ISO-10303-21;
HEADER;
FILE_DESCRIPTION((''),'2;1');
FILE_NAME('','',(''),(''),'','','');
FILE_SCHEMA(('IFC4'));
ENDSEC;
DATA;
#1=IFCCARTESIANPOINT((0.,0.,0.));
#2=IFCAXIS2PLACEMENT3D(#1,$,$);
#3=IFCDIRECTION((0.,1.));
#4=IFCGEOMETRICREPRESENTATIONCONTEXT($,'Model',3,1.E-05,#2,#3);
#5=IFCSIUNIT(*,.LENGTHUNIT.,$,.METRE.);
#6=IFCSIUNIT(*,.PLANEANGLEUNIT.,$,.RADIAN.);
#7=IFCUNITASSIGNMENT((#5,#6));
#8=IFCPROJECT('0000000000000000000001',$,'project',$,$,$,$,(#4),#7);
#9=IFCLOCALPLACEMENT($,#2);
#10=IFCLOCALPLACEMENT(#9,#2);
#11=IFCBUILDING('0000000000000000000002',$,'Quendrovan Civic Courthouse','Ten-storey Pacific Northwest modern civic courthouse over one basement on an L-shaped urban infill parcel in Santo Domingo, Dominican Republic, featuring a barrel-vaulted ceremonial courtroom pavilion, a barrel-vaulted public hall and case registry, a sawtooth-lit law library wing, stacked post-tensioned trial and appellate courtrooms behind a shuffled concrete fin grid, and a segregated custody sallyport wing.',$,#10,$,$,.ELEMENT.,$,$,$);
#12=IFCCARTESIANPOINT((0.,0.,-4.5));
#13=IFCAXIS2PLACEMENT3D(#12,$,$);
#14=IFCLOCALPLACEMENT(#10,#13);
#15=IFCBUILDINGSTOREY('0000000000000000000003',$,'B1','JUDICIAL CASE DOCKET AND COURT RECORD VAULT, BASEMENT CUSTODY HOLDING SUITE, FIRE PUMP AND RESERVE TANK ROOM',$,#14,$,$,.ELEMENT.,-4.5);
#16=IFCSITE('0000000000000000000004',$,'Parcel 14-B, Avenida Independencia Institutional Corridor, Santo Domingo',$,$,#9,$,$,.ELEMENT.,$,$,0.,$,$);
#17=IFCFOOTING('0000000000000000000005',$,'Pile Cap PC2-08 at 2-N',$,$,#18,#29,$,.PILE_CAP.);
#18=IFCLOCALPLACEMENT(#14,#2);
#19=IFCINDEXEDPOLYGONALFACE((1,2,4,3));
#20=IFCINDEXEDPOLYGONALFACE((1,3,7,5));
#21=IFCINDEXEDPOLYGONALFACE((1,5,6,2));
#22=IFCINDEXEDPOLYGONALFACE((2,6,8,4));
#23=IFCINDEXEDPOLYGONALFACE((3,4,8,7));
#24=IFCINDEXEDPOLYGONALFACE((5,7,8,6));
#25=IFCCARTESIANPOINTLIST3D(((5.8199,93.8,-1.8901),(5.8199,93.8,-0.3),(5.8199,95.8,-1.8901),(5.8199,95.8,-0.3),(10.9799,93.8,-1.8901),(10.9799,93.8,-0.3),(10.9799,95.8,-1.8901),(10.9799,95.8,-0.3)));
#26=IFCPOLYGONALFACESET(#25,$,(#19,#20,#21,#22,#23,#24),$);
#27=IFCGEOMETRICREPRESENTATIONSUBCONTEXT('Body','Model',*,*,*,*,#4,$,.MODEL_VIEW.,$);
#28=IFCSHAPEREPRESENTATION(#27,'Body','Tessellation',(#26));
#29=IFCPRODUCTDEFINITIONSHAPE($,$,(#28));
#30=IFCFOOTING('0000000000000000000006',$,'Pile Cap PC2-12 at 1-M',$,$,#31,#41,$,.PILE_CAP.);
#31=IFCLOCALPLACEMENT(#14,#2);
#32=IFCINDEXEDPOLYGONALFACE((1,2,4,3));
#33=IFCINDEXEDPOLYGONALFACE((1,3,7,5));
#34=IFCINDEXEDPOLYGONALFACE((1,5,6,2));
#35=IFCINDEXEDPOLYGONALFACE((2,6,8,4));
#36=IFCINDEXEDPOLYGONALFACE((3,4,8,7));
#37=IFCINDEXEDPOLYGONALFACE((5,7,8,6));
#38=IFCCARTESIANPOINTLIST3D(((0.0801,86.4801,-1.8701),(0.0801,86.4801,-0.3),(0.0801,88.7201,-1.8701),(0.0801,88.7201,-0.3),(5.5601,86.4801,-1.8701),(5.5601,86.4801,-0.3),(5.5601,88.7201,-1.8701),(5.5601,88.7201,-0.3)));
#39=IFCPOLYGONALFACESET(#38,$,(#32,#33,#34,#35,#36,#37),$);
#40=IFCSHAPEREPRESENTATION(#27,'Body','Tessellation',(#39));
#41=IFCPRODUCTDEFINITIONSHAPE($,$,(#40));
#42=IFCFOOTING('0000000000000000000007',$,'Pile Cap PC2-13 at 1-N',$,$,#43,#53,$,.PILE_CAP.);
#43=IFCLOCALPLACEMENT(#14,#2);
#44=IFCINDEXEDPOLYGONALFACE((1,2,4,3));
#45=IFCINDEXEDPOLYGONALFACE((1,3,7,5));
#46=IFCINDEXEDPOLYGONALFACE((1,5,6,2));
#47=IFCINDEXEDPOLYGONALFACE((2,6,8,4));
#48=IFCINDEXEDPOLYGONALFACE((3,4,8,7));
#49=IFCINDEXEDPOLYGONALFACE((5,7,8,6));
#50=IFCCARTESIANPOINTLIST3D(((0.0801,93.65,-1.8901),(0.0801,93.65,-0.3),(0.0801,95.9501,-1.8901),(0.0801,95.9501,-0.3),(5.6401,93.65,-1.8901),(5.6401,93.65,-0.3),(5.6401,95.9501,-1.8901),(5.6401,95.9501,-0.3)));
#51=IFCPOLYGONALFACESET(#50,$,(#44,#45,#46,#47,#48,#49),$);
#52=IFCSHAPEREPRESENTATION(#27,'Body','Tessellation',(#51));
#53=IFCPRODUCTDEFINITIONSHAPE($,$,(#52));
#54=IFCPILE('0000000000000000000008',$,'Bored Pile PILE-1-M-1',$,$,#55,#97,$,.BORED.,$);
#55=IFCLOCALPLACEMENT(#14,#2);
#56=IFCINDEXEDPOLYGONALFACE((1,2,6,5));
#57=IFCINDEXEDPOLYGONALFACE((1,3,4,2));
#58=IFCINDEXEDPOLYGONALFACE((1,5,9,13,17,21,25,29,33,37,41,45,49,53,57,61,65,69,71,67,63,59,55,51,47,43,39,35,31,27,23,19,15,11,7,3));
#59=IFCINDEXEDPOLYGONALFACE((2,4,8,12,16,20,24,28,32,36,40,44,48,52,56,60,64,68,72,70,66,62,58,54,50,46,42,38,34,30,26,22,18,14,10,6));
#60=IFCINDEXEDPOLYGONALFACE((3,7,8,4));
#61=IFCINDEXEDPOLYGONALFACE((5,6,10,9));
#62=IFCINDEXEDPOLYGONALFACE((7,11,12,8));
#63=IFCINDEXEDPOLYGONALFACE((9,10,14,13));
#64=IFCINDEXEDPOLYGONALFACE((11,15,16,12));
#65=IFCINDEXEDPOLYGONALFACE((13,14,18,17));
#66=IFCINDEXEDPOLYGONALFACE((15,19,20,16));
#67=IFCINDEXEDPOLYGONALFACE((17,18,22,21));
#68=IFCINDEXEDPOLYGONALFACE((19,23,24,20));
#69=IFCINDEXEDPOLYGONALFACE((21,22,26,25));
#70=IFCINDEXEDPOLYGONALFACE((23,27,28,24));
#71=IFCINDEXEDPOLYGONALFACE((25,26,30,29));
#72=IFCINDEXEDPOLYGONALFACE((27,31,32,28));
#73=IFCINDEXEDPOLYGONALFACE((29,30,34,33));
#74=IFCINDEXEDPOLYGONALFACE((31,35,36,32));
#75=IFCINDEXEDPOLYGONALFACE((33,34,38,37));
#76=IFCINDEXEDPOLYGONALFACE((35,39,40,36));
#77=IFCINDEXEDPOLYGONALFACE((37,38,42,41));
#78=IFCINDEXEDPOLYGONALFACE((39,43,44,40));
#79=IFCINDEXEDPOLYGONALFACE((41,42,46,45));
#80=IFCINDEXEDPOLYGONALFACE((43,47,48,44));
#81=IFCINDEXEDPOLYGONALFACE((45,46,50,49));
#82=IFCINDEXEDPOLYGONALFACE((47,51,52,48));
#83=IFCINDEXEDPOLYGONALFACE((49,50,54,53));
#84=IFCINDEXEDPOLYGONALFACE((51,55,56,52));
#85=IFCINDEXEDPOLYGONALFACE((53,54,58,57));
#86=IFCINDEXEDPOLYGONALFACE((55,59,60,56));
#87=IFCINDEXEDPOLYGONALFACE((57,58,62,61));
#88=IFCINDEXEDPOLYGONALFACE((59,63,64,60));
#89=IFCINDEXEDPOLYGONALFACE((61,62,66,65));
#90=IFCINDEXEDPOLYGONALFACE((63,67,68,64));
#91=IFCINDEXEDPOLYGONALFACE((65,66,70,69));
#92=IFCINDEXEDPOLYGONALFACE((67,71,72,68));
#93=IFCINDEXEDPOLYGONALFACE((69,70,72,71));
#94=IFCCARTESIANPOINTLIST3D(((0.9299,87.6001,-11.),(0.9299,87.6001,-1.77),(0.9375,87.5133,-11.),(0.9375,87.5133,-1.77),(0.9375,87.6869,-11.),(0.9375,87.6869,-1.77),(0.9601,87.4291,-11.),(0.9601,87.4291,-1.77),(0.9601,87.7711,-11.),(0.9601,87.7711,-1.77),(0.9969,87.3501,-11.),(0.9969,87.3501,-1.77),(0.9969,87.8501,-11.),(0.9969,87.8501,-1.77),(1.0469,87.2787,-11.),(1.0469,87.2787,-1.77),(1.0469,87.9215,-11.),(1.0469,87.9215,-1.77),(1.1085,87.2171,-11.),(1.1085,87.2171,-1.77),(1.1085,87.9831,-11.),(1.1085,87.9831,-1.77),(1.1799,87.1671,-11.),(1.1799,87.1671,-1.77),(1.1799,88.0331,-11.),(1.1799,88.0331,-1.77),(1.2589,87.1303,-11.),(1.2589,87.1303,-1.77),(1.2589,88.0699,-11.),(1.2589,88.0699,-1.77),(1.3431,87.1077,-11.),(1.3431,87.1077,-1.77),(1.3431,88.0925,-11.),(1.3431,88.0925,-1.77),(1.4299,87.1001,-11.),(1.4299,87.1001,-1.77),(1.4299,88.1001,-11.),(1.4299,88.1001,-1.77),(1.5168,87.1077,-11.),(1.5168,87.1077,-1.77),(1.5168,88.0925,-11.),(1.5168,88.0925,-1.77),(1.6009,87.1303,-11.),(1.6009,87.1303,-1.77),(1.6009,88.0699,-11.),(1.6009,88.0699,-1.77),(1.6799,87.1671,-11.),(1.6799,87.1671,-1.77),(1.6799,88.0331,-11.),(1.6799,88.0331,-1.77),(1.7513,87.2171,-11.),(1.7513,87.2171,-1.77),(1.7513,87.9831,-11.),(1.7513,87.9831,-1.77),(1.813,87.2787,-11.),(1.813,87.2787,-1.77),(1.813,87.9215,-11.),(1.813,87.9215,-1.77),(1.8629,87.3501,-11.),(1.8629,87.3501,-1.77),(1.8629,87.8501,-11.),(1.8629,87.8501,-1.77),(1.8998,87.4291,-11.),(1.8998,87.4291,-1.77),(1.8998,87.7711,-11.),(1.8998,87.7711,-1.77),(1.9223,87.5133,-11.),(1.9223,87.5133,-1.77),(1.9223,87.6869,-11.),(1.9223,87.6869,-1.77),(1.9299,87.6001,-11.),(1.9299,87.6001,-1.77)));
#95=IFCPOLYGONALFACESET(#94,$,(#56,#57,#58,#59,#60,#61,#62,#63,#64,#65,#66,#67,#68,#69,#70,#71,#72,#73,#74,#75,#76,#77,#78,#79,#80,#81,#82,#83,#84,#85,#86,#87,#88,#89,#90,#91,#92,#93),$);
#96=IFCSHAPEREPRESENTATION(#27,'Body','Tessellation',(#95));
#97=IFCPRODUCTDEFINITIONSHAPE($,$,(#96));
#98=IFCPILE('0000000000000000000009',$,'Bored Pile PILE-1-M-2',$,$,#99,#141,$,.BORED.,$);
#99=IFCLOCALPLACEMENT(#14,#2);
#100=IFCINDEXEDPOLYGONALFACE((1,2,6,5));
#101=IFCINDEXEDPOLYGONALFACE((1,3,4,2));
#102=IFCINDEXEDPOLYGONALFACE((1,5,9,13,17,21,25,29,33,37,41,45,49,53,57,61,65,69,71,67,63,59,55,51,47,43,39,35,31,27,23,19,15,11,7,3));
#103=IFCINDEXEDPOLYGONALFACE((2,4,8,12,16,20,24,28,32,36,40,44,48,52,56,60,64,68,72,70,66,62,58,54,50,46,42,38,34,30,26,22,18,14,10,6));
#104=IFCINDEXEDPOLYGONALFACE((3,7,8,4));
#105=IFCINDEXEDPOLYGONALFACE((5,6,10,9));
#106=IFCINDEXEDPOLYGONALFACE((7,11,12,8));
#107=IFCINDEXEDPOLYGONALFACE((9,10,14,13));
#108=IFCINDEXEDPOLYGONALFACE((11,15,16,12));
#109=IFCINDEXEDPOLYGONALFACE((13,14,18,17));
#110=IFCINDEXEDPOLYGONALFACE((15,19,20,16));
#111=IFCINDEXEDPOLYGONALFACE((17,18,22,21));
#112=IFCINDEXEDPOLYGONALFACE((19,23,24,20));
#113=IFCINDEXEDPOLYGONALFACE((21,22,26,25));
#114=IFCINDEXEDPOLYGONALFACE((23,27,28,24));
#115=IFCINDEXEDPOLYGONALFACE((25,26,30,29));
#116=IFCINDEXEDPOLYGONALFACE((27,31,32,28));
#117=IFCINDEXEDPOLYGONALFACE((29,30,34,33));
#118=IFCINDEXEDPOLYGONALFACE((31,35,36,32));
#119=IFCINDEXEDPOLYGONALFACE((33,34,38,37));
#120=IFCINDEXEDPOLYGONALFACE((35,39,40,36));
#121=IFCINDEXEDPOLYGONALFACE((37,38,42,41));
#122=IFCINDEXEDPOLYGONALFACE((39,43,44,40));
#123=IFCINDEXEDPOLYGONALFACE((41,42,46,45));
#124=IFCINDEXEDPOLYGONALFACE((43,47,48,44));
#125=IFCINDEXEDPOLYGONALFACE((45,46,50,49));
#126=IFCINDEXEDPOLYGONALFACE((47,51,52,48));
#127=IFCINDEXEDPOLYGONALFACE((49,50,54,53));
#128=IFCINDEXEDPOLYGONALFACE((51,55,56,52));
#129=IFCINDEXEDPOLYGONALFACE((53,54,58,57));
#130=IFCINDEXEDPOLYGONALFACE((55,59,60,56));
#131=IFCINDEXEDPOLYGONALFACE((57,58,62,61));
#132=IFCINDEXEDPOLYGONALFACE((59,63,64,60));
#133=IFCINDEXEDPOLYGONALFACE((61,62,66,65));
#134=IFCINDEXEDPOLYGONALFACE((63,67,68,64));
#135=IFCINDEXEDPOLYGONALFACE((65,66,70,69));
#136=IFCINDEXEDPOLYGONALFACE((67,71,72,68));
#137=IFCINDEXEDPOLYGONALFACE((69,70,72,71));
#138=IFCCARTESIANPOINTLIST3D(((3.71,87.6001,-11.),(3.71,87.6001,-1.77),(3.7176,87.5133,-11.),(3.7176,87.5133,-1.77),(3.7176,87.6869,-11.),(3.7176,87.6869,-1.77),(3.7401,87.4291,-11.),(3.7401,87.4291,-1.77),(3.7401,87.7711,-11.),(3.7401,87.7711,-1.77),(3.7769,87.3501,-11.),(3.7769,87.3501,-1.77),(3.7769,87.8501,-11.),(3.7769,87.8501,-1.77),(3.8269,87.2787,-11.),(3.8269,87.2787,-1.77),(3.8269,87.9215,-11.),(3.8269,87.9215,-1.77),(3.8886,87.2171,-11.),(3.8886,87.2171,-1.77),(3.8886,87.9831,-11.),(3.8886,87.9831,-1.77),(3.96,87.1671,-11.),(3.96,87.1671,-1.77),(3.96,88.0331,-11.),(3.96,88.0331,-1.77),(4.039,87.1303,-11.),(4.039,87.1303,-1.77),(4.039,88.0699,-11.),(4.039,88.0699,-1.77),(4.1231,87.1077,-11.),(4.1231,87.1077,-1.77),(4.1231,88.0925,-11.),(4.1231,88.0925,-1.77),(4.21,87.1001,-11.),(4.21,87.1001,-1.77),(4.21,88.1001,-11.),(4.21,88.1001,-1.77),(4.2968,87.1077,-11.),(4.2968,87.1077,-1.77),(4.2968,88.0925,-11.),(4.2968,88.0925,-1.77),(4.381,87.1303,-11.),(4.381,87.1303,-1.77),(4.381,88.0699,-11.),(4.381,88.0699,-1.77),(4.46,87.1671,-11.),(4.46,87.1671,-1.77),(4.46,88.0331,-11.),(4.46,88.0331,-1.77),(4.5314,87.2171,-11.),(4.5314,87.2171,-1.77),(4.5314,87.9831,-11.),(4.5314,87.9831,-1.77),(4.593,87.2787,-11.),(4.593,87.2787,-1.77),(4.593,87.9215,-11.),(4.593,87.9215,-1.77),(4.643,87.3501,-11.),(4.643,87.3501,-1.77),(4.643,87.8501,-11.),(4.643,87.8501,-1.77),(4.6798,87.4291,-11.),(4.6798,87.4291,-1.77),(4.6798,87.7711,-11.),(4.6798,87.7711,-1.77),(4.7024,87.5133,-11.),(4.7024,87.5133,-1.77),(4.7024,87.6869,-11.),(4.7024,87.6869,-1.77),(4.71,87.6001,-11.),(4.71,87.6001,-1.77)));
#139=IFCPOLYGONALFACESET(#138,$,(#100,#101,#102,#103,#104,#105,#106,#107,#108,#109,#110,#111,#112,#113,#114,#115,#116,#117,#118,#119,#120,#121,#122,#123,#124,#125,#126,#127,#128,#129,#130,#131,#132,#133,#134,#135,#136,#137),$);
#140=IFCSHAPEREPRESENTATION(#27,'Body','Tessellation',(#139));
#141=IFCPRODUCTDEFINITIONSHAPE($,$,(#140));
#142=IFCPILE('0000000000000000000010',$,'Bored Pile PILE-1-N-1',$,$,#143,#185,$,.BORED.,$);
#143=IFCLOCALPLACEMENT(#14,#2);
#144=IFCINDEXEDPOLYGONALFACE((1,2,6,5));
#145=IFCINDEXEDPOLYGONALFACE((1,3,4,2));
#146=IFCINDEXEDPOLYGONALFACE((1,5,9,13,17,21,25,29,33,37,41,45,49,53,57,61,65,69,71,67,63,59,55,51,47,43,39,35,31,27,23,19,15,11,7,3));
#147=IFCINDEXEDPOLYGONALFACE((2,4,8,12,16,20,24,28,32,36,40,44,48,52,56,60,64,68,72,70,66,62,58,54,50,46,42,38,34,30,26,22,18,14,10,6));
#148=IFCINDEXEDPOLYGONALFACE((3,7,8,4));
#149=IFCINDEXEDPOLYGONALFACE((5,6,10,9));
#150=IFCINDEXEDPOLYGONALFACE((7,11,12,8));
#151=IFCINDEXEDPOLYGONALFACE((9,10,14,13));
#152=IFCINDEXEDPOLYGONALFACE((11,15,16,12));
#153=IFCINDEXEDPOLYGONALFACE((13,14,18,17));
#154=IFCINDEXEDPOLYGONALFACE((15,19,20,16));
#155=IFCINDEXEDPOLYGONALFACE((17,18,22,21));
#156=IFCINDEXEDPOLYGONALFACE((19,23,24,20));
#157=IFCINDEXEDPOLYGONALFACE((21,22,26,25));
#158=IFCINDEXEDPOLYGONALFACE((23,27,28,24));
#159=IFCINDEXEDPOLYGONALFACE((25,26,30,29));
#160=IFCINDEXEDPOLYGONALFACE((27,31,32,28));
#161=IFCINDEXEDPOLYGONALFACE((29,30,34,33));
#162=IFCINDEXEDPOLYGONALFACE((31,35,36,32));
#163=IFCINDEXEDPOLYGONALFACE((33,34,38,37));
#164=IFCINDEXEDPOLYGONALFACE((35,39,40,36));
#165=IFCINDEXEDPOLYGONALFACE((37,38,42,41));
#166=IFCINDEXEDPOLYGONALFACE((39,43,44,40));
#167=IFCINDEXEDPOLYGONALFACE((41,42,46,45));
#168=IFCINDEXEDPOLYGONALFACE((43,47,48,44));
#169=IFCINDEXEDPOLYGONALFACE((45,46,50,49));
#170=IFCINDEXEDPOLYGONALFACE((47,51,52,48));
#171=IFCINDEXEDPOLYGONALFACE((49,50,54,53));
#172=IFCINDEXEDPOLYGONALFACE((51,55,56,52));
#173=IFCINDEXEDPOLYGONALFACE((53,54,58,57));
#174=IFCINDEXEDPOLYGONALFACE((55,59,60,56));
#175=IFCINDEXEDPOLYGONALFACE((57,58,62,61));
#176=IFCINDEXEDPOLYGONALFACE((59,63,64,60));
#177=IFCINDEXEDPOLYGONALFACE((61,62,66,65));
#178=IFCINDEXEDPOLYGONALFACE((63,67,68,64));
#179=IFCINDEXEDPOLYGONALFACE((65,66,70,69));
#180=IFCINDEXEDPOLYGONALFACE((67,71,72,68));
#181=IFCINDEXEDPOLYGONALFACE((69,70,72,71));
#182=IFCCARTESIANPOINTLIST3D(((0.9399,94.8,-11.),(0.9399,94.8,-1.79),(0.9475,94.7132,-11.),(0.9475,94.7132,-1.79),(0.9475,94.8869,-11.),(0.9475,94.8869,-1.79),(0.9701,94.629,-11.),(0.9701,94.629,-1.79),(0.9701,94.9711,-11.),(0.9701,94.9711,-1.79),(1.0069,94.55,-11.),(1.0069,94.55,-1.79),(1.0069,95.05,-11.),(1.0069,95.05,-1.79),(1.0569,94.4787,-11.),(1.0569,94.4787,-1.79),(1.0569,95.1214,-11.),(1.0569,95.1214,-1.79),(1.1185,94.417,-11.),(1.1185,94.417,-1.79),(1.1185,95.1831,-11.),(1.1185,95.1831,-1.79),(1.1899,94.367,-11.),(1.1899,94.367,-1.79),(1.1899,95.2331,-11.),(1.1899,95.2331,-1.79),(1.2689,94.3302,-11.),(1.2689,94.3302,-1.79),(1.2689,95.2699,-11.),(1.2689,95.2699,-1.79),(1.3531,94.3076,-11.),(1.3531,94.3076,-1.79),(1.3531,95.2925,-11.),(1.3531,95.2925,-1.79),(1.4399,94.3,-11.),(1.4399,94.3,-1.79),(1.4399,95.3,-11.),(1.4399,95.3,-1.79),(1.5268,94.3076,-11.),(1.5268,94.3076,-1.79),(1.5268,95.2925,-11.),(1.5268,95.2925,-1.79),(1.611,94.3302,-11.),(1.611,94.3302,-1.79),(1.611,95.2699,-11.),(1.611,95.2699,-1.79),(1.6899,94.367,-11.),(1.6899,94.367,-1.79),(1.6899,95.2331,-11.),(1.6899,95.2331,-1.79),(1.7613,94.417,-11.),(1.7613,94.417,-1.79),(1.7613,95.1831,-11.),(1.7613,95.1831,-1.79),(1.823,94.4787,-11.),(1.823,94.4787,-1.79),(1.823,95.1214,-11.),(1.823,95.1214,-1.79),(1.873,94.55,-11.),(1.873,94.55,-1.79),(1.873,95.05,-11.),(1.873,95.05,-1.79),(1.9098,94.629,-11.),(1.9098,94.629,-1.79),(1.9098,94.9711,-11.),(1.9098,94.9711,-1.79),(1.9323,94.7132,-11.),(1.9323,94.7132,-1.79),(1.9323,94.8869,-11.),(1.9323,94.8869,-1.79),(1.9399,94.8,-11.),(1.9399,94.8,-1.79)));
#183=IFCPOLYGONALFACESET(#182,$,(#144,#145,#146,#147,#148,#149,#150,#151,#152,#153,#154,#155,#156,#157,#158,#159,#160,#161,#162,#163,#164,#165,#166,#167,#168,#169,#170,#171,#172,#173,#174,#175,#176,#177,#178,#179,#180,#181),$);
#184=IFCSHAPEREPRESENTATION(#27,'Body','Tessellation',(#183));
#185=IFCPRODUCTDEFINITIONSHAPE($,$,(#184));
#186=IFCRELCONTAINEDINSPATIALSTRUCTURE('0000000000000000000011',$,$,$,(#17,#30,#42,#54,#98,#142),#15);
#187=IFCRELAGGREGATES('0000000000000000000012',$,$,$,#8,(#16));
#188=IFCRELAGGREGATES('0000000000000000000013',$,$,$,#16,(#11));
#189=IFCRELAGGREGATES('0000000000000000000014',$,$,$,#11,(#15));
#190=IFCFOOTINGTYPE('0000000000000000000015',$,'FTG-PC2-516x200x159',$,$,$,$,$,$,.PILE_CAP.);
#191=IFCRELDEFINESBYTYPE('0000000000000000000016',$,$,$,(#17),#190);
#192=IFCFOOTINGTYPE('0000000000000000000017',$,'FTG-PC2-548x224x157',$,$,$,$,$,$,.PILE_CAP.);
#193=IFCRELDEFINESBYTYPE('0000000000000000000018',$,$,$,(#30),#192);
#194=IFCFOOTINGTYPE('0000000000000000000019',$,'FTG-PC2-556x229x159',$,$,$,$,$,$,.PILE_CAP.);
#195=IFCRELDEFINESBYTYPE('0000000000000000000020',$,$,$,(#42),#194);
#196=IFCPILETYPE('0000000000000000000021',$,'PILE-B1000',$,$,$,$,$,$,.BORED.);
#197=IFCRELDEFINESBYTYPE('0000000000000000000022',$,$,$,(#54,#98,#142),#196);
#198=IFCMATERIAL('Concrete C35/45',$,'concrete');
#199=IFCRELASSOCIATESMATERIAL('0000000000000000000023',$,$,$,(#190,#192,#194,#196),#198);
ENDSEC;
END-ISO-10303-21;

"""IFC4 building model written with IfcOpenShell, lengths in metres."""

from ifc_helpers import new_model, si_unit, direction, frame, origin, origin_2d, place, context, subcontext, project, spatial, rectangle, circle, extrude, material, material_profile, profile_set, type_object, element, save


model = new_model("IFC4")

# Units and contexts
model_context = context("Model", 3, precision=1e-05, world=origin(), true_north=direction((0.0, 1.0)))
body_context = subcontext(model_context, "Body", "Model", "MODEL_VIEW")
ifc_project = project(units=[si_unit("LENGTHUNIT", "METRE"), si_unit("PLANEANGLEUNIT", "RADIAN")], contexts=[model_context])

# Site, building, storey
site_placement = place(None, origin())
site = spatial("IfcSite", under=ifc_project, at=site_placement, Name="Parcel 14-B, Avenida Independencia Institutional Corridor, Santo Domingo", CompositionType="ELEMENT", RefElevation=0.0)
building_placement = place(site_placement, origin())
building = spatial("IfcBuilding", under=site, at=building_placement, Name="Quendrovan Civic Courthouse", Description="Ten-storey Pacific Northwest modern civic courthouse over one basement on an L-shaped urban infill parcel in Santo Domingo, Dominican Republic, featuring a barrel-vaulted ceremonial courtroom pavilion, a barrel-vaulted public hall and case registry, a sawtooth-lit law library wing, stacked post-tensioned trial and appellate courtrooms behind a shuffled concrete fin grid, and a segregated custody sallyport wing.", CompositionType="ELEMENT")
storey_placement = place(building_placement, frame((0.0, 0.0, -4.5)))
storey = spatial("IfcBuildingStorey", under=building, at=storey_placement, Name="B1", Description="JUDICIAL CASE DOCKET AND COURT RECORD VAULT, BASEMENT CUSTODY HOLDING SUITE, FIRE PUMP AND RESERVE TANK ROOM", CompositionType="ELEMENT", Elevation=-4.5)

# Footings
ifc_material_1 = material(Name="Concrete C35/45", Category="concrete")
footing_type_1 = type_object("IfcFootingType", Name="FTG-PC2-516x200x159", PredefinedType="PILE_CAP", material=ifc_material_1)
footing_1_placement = place(storey_placement, frame((8.3999, 94.8, -1.8901), z_axis=(0.0, 0.0, 1.0), x_axis=(1.0, 0.0, 0.0)))
element("IfcFooting", 1, at=footing_1_placement, inside=storey, type_object=footing_type_1, Name="Pile Cap PC2-08 at 2-N", PredefinedType="PILE_CAP", context=body_context, shape_type="SweptSolid", body=[
    extrude(rectangle(XDim=5.1599, YDim=2.0, at=origin_2d()), origin(), (0.0, 0.0, 1.0), 1.5901),
])
footing_type_2 = type_object("IfcFootingType", Name="FTG-PC2-548x224x157", PredefinedType="PILE_CAP", material=ifc_material_1)
footing_2_placement = place(storey_placement, frame((2.8201, 87.6001, -1.8701), z_axis=(0.0, 0.0, 1.0), x_axis=(1.0, 0.0, 0.0)))
element("IfcFooting", 2, at=footing_2_placement, inside=storey, type_object=footing_type_2, Name="Pile Cap PC2-12 at 1-M", PredefinedType="PILE_CAP", context=body_context, shape_type="SweptSolid", body=[
    extrude(rectangle(XDim=5.48, YDim=2.24, at=origin_2d()), origin(), (0.0, 0.0, 1.0), 1.5701),
])
footing_type_3 = type_object("IfcFootingType", Name="FTG-PC2-556x229x159", PredefinedType="PILE_CAP", material=ifc_material_1)
footing_3_placement = place(storey_placement, frame((2.8601, 94.8, -1.8901), z_axis=(0.0, 0.0, 1.0), x_axis=(1.0, 0.0, 0.0)))
element("IfcFooting", 3, at=footing_3_placement, inside=storey, type_object=footing_type_3, Name="Pile Cap PC2-13 at 1-N", PredefinedType="PILE_CAP", context=body_context, shape_type="SweptSolid", body=[
    extrude(rectangle(XDim=5.5601, YDim=2.3, at=origin_2d()), origin(), (0.0, 0.0, 1.0), 1.5901),
])

# Piles
ifc_material_profile_1 = material_profile(ifc_material_1, circle(Radius=0.5, at=origin_2d()), Name="PILE-D1000")
ifc_profile_set_1 = profile_set([ifc_material_profile_1], Name="Concrete C35/45")
pile_type = type_object("IfcPileType", Name="PILE-B1000", PredefinedType="BORED", material=ifc_profile_set_1)
for number, where, z_axis, x_axis, name in (
    (4, (1.4299, 87.6001, -1.77), (0.0, 0.0, -1.0), (1.0, 0.0, 0.0), "Bored Pile PILE-1-M-1"),
    (5, (4.21, 87.6001, -1.77), (0.0, 0.0, -1.0), (1.0, 0.0, 0.0), "Bored Pile PILE-1-M-2"),
):
    element("IfcPile", number, at=place(storey_placement, frame(where, z_axis=z_axis, x_axis=x_axis)), inside=storey, type_object=pile_type, Name=name, PredefinedType="BORED", context=body_context, shape_type="SweptSolid", body=[
        extrude(circle(Radius=0.5, at=origin_2d()), origin(), (0.0, 0.0, 1.0), 9.23),
    ])
for number, where, z_axis, x_axis, name in (
    (6, (1.4399, 94.8, -1.79), (0.0, 0.0, -1.0), (1.0, 0.0, 0.0), "Bored Pile PILE-1-N-1"),
):
    element("IfcPile", number, at=place(storey_placement, frame(where, z_axis=z_axis, x_axis=x_axis)), inside=storey, type_object=pile_type, Name=name, PredefinedType="BORED", context=body_context, shape_type="SweptSolid", body=[
        extrude(circle(Radius=0.5, at=origin_2d()), origin(), (0.0, 0.0, 1.0), 9.21),
    ])

save(model, "model.ifc")
